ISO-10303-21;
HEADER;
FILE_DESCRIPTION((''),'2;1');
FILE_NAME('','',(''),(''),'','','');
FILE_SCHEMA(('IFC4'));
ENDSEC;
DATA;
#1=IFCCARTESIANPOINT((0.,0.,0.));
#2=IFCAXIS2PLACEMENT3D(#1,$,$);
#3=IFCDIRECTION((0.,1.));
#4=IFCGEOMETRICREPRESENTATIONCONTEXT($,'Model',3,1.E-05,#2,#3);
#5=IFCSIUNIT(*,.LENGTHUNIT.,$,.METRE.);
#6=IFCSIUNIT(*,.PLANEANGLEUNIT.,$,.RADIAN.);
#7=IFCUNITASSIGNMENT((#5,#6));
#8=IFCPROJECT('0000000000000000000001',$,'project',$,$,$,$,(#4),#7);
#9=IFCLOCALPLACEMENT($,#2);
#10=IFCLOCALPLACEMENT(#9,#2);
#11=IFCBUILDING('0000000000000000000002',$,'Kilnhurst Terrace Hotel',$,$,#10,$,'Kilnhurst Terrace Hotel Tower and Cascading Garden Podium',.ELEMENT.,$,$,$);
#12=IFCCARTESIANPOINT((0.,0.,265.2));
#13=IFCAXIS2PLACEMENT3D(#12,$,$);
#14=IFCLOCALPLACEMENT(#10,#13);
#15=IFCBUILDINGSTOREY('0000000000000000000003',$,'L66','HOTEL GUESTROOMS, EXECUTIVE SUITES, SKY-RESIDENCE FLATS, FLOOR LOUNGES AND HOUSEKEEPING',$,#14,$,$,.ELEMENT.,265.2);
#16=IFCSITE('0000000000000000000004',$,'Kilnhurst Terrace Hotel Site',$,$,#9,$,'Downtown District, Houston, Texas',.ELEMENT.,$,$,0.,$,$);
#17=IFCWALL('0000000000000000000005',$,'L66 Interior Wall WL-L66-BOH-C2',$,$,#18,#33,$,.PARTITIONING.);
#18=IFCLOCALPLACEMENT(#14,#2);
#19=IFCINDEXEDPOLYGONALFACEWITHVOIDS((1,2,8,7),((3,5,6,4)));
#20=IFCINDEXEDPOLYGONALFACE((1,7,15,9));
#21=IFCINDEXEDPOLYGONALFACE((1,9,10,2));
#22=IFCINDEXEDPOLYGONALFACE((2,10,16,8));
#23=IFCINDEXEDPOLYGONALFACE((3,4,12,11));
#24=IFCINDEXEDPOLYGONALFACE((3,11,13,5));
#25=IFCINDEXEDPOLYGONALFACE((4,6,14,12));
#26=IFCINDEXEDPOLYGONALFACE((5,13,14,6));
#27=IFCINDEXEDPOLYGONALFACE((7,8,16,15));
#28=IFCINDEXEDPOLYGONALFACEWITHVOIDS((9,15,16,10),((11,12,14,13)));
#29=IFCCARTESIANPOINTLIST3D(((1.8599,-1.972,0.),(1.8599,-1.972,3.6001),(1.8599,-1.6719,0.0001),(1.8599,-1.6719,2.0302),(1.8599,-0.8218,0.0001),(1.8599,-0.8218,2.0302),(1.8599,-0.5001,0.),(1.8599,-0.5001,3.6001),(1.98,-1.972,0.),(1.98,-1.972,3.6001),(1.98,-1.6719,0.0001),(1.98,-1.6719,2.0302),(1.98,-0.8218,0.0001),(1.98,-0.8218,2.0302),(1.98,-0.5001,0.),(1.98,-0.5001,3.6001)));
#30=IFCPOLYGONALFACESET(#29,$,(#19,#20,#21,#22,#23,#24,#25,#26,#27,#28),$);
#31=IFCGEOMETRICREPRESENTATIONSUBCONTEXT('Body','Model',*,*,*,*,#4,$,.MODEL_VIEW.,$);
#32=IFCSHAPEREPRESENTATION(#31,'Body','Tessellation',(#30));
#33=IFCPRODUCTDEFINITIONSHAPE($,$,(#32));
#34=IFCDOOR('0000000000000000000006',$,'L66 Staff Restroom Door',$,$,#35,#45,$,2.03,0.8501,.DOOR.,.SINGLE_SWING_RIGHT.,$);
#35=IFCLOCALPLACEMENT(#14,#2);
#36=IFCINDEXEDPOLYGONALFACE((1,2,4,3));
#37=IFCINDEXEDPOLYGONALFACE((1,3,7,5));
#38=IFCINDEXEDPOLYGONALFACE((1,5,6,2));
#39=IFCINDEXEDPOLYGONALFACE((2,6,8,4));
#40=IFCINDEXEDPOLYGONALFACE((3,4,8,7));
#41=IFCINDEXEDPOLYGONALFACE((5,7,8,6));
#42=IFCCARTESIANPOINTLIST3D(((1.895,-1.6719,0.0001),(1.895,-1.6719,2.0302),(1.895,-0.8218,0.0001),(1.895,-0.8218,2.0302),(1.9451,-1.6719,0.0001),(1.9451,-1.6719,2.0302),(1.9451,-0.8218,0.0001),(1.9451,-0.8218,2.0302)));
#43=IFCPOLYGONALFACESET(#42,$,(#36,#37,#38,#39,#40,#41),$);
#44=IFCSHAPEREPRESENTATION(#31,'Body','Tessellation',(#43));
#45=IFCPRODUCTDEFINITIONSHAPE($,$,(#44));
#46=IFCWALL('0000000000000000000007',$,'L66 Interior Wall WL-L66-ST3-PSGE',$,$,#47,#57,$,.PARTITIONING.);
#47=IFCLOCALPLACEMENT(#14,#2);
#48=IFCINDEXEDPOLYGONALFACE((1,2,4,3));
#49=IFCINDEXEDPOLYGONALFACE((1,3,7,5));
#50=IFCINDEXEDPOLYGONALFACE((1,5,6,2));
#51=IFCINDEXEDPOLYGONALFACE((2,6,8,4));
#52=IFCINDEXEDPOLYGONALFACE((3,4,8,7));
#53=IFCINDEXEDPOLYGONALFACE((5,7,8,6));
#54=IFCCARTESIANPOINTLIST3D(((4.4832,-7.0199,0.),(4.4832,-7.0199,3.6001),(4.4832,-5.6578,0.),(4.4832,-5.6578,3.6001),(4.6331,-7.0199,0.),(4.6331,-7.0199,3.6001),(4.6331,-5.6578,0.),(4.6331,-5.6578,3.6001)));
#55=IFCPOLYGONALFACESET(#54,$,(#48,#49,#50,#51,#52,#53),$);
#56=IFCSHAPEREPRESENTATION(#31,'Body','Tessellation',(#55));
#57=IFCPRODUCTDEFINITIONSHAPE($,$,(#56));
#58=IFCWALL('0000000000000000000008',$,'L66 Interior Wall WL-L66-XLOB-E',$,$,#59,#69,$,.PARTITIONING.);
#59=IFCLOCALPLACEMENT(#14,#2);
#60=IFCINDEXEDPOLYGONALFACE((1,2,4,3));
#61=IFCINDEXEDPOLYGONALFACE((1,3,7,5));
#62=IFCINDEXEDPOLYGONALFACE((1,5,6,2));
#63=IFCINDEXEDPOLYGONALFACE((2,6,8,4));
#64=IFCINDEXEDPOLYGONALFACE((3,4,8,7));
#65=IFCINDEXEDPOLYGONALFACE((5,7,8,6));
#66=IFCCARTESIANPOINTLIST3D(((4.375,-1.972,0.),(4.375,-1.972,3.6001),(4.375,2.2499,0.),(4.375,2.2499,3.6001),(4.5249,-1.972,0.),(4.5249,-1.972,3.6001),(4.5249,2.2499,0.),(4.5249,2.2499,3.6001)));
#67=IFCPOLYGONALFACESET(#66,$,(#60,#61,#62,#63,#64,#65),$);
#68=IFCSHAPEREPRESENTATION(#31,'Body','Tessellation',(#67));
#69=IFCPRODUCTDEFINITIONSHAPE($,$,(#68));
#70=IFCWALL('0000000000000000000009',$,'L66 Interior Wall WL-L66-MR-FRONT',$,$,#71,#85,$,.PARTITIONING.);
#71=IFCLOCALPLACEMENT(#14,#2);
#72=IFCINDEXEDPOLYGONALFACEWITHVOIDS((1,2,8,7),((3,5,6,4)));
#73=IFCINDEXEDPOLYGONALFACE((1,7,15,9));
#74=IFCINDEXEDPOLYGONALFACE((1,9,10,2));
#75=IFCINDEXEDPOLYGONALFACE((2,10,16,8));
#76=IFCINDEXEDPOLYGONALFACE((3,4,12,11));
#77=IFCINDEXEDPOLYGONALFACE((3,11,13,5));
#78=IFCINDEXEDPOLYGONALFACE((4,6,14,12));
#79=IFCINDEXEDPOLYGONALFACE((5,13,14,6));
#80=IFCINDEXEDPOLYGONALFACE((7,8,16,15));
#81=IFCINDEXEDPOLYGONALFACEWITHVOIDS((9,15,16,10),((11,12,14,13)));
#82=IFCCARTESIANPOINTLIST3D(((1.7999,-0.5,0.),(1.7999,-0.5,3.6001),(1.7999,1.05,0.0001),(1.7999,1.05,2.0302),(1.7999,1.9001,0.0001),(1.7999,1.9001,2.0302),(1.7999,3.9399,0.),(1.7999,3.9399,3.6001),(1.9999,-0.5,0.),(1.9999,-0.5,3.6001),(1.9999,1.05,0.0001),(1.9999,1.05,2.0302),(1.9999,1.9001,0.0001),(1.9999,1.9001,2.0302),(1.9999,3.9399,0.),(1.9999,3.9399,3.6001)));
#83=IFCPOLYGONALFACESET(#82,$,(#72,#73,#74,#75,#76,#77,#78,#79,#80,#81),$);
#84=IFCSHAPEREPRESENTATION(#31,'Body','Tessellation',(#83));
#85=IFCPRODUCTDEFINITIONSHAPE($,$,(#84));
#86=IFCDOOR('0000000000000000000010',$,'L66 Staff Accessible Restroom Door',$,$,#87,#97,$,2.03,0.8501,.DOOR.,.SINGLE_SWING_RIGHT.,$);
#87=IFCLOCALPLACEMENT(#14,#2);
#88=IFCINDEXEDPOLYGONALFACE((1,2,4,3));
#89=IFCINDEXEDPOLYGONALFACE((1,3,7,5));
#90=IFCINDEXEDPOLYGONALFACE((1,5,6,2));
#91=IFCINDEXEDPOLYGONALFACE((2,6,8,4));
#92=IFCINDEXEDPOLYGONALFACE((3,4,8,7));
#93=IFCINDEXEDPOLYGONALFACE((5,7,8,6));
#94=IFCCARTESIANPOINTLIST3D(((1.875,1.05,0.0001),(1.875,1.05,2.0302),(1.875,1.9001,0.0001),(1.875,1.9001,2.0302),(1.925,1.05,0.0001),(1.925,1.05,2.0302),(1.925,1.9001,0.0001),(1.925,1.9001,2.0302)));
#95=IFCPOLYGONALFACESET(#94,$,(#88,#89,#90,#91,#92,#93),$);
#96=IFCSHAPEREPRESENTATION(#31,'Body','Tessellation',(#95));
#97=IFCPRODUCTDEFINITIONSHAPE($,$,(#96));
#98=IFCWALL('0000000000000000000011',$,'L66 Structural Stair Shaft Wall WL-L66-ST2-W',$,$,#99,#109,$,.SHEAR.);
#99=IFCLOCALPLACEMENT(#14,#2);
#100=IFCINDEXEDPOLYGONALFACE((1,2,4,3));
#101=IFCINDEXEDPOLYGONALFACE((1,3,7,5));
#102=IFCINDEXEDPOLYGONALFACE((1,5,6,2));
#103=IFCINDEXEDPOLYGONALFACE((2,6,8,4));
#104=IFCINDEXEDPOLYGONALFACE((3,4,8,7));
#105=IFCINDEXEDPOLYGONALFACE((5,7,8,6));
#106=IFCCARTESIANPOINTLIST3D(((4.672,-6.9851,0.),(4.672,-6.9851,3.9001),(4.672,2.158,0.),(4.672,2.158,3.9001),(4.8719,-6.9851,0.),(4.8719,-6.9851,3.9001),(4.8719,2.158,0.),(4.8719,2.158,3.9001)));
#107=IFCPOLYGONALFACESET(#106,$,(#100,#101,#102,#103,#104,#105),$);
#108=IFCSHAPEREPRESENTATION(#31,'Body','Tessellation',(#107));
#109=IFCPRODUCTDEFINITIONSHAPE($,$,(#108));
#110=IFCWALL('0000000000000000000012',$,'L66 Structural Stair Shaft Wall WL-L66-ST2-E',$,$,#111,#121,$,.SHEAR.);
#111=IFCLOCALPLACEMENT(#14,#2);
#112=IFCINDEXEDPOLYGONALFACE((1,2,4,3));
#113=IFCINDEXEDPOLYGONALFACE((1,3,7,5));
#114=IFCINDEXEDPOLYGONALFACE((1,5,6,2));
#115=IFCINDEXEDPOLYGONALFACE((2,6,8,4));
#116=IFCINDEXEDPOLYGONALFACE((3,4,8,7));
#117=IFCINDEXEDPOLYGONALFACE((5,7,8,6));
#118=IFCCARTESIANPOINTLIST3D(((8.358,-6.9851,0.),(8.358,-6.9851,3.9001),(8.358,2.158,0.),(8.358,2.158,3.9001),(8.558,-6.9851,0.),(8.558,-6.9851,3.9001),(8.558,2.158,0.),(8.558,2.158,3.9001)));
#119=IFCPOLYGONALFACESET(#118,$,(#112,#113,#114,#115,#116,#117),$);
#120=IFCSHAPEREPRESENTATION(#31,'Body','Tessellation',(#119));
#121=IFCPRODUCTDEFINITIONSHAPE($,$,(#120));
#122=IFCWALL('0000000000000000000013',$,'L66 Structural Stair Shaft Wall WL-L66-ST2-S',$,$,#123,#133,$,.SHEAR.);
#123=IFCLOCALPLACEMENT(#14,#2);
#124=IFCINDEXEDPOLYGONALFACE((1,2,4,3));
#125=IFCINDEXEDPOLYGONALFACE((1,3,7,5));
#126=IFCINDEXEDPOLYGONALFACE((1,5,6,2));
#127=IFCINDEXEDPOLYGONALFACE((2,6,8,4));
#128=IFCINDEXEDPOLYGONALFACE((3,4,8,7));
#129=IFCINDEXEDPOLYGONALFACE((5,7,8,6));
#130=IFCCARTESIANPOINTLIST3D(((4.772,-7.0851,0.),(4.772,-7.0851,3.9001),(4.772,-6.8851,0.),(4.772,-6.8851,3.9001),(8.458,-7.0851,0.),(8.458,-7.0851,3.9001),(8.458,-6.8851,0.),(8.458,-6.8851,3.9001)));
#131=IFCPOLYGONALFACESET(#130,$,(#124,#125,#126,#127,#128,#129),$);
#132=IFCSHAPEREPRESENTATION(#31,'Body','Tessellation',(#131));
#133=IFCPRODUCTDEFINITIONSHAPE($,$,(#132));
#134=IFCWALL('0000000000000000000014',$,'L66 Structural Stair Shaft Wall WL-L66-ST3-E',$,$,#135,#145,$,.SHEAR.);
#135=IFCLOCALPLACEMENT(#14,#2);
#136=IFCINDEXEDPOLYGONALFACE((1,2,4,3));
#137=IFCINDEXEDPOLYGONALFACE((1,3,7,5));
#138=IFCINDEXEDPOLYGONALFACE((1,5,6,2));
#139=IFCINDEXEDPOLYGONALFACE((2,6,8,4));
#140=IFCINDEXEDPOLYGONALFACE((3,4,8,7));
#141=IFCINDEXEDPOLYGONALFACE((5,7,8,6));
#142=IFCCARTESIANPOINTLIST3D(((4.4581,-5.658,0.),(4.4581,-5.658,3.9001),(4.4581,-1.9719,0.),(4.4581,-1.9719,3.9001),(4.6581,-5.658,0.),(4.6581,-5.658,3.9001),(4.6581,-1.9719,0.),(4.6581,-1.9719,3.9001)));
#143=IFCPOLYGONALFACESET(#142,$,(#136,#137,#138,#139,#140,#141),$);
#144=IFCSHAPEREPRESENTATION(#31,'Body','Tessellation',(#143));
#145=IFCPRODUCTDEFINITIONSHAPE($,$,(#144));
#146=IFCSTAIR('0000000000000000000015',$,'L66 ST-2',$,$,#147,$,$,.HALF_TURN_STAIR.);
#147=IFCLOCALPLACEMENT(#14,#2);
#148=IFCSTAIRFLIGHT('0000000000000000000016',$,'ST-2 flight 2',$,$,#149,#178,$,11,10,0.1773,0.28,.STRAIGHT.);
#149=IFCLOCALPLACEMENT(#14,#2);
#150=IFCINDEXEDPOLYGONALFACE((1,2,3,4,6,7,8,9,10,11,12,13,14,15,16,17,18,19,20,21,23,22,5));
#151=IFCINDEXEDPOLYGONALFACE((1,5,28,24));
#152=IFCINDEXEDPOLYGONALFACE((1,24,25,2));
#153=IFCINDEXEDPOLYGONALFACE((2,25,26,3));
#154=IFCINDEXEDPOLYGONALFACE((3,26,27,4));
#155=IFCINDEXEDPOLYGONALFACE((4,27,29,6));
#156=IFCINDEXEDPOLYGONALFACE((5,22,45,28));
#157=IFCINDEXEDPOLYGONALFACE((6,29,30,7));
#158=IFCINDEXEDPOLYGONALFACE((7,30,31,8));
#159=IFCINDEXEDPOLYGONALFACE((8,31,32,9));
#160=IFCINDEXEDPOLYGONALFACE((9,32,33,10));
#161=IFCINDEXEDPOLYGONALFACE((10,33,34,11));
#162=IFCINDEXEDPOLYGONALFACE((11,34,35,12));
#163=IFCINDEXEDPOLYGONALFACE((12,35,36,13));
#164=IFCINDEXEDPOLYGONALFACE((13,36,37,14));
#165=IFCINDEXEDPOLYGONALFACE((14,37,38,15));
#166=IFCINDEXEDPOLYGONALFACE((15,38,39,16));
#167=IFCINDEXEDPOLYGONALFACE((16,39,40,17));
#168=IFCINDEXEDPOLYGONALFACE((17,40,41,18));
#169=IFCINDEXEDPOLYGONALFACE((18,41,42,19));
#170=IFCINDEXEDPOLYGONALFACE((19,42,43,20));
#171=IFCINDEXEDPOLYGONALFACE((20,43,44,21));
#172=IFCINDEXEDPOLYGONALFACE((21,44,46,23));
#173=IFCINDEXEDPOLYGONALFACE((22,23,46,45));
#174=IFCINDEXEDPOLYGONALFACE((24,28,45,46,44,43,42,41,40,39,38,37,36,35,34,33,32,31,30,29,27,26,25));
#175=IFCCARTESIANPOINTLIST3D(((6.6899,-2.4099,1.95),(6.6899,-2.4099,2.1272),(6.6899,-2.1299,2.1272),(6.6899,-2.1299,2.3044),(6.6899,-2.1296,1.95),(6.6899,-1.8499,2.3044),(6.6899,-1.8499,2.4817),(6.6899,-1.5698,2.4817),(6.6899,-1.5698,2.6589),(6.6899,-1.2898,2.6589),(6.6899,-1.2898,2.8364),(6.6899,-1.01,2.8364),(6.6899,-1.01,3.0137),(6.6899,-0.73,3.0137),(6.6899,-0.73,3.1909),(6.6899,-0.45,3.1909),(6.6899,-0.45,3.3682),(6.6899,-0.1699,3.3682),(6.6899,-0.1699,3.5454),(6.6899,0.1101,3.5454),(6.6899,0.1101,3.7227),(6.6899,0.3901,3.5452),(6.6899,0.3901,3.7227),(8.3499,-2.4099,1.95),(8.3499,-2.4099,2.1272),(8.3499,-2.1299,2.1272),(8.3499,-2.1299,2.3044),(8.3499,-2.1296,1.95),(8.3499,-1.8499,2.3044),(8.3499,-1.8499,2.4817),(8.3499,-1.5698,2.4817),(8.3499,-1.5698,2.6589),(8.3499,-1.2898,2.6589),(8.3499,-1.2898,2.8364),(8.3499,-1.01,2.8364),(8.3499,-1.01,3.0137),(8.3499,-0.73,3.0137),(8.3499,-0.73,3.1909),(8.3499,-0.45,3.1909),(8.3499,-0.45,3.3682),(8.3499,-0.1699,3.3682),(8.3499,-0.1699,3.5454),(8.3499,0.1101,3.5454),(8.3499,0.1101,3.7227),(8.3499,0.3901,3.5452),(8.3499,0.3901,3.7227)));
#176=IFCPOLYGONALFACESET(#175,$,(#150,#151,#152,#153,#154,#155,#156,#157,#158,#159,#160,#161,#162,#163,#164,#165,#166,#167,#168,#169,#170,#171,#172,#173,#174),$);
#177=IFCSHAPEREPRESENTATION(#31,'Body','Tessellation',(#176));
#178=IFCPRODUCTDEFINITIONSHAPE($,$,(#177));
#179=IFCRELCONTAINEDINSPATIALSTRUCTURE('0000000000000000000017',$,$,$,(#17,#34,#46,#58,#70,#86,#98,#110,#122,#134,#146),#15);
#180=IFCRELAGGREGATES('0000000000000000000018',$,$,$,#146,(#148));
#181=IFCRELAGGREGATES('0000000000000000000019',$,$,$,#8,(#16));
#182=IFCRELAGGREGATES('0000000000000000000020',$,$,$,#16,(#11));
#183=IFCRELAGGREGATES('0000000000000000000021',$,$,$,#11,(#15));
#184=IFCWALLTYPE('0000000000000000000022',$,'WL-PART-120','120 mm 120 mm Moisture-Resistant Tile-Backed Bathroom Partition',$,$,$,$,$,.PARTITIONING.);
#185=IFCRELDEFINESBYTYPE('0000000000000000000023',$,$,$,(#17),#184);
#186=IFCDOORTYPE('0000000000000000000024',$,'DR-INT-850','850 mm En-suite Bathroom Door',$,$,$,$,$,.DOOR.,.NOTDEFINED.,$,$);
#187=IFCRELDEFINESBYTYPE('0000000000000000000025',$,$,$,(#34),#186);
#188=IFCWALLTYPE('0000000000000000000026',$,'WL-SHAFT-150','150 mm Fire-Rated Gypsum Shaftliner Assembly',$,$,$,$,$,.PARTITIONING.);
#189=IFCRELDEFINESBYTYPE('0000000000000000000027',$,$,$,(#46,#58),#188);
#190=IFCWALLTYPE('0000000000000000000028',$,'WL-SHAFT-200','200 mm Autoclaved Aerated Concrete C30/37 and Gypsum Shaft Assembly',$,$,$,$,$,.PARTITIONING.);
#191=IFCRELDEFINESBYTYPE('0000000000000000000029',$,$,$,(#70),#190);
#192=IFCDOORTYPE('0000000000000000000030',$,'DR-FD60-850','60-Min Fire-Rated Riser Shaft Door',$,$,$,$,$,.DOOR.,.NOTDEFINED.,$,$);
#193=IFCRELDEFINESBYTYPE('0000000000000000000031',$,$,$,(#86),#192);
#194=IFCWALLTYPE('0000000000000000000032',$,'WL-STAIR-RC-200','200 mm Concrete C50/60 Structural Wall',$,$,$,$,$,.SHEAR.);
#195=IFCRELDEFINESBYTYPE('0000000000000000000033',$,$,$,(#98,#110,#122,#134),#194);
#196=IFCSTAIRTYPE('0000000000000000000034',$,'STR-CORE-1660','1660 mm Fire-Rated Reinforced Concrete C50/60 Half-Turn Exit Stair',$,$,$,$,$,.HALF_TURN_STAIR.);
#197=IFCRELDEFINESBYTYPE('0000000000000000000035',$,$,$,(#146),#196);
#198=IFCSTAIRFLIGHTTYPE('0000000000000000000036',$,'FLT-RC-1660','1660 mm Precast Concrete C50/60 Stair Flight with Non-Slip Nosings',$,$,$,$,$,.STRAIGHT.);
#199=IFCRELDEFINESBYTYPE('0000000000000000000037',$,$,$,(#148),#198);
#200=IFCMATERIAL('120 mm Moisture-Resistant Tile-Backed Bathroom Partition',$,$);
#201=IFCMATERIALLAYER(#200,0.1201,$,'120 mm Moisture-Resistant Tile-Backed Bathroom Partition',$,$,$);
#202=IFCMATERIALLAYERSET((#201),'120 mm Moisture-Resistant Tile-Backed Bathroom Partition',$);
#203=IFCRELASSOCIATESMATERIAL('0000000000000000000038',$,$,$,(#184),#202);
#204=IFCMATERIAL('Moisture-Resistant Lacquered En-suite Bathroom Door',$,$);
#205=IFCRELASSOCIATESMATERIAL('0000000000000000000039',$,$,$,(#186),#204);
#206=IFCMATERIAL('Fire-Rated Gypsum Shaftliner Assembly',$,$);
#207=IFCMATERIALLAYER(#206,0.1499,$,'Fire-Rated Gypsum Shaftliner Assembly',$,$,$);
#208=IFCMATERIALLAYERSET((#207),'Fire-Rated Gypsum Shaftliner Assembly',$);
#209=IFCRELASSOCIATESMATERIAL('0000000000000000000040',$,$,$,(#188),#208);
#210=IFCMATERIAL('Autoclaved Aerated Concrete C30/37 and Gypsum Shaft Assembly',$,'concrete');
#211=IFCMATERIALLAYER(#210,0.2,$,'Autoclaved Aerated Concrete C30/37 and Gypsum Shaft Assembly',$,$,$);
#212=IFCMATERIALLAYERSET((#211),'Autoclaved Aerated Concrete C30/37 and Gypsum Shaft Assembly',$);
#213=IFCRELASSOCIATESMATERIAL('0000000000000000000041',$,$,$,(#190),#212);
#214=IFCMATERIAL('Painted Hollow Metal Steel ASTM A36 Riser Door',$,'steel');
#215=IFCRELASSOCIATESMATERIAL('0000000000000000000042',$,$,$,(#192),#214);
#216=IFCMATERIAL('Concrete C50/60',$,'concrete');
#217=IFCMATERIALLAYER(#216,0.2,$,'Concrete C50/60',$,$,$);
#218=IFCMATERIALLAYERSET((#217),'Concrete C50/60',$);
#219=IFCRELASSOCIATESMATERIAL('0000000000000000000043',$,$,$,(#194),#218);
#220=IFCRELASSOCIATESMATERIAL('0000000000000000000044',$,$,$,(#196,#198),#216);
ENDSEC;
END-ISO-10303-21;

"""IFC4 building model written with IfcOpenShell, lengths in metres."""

from ifc_helpers import new_model, si_unit, direction, frame, frame_2d, origin, place, context, subcontext, project, spatial, polyline, rectangle, outline, extrude, material, layer, layer_set, type_object, element, fill, aggregate, save


model = new_model("IFC4")

# Units and contexts
model_context = context("Model", 3, precision=1e-05, world=origin(), true_north=direction((0.0, 1.0)))
body_context = subcontext(model_context, "Body", "Model", "MODEL_VIEW")
ifc_project = project(units=[si_unit("LENGTHUNIT", "METRE"), si_unit("PLANEANGLEUNIT", "RADIAN")], contexts=[model_context])

# Site, building, storey
site_placement = place(None, origin())
site = spatial("IfcSite", under=ifc_project, at=site_placement, Name="Kilnhurst Terrace Hotel Site", LongName="Downtown District, Houston, Texas", CompositionType="ELEMENT", RefElevation=0.0)
building_placement = place(site_placement, origin())
building = spatial("IfcBuilding", under=site, at=building_placement, Name="Kilnhurst Terrace Hotel", LongName="Kilnhurst Terrace Hotel Tower and Cascading Garden Podium", CompositionType="ELEMENT")
storey_placement = place(building_placement, frame((0.0, 0.0, 265.2)))
storey = spatial("IfcBuildingStorey", under=building, at=storey_placement, Name="L66", Description="HOTEL GUESTROOMS, EXECUTIVE SUITES, SKY-RESIDENCE FLATS, FLOOR LOUNGES AND HOUSEKEEPING", CompositionType="ELEMENT", Elevation=265.2)

# Wall, opening, door
ifc_material_1 = material(Name="120 mm Moisture-Resistant Tile-Backed Bathroom Partition")
ifc_layer_1 = layer(ifc_material_1, 0.1201, Name="120 mm Moisture-Resistant Tile-Backed Bathroom Partition")
ifc_layer_set_1 = layer_set([ifc_layer_1], Name="120 mm Moisture-Resistant Tile-Backed Bathroom Partition")
wall_type_1 = type_object("IfcWallType", Name="WL-PART-120", Description="120 mm 120 mm Moisture-Resistant Tile-Backed Bathroom Partition", PredefinedType="PARTITIONING", material=ifc_layer_set_1)
wall_1_placement = place(storey_placement, frame((1.9199, -1.9719, 0.0), z_axis=(0.0, 0.0, 1.0), x_axis=(0.0, 1.0, 0.0)))
wall_1 = element("IfcWall", 1, at=wall_1_placement, inside=storey, type_object=wall_type_1, Name="L66 Interior Wall WL-L66-BOH-C2", PredefinedType="PARTITIONING", context=body_context, shape_type="SweptSolid", body=[
    extrude(rectangle(XDim=1.4719, YDim=0.1201, at=frame_2d((0.7358, 0.0))), origin(), (0.0, 0.0, 1.0), 3.6001),
])
opening_1_placement = place(wall_1_placement, frame((0.3, 0.0, 0.0)))
opening_1 = element("IfcOpeningElement", 2, at=opening_1_placement, cuts=wall_1, PredefinedType="OPENING", context=body_context, shape_type="SweptSolid", body=[
    extrude(rectangle(XDim=0.8501, YDim=2.03, at=frame_2d((0.425, 1.0151))), frame((0.0, 0.0701, 0.0), z_axis=(0.0, -1.0, 0.0), x_axis=(1.0, 0.0, 0.0)), (0.0, 0.0, 1.0), 0.1401),
])
ifc_material_2 = material(Name="Moisture-Resistant Lacquered En-suite Bathroom Door")
door_type_1 = type_object("IfcDoorType", Name="DR-INT-850", Description="850 mm En-suite Bathroom Door", OperationType="NOTDEFINED", PredefinedType="DOOR", material=ifc_material_2)
door_1_placement = place(opening_1_placement, origin())
door_1 = element("IfcDoor", 3, at=door_1_placement, inside=storey, type_object=door_type_1, Name="L66 Staff Restroom Door", OperationType="SINGLE_SWING_RIGHT", OverallHeight=2.03, OverallWidth=0.8501, PredefinedType="DOOR", context=body_context, shape_type="SweptSolid", body=[
    extrude(rectangle(XDim=0.8501, YDim=2.03, at=frame_2d((0.425, 1.0151))), frame((0.0, 0.0249, 0.0), z_axis=(0.0, -1.0, 0.0), x_axis=(1.0, 0.0, 0.0)), (0.0, 0.0, 1.0), 0.05),
])
fill(opening_1, door_1)

# Walls
ifc_material_3 = material(Name="Fire-Rated Gypsum Shaftliner Assembly")
ifc_layer_2 = layer(ifc_material_3, 0.1499, Name="Fire-Rated Gypsum Shaftliner Assembly")
ifc_layer_set_2 = layer_set([ifc_layer_2], Name="Fire-Rated Gypsum Shaftliner Assembly")
wall_type_2 = type_object("IfcWallType", Name="WL-SHAFT-150", Description="150 mm Fire-Rated Gypsum Shaftliner Assembly", PredefinedType="PARTITIONING", material=ifc_layer_set_2)
wall_2_placement = place(storey_placement, frame((4.5581, -7.02, 0.0), z_axis=(0.0, 0.0, 1.0), x_axis=(0.0, 1.0, 0.0)))
element("IfcWall", 4, at=wall_2_placement, inside=storey, type_object=wall_type_2, Name="L66 Interior Wall WL-L66-ST3-PSGE", PredefinedType="PARTITIONING", context=body_context, shape_type="SweptSolid", body=[
    extrude(rectangle(XDim=1.3621, YDim=0.1499, at=frame_2d((0.6812, 0.0))), origin(), (0.0, 0.0, 1.0), 3.6001),
])
wall_3_placement = place(storey_placement, frame((4.45, -1.9719, 0.0), z_axis=(0.0, 0.0, 1.0), x_axis=(0.0, 1.0, 0.0)))
element("IfcWall", 5, at=wall_3_placement, inside=storey, type_object=wall_type_2, Name="L66 Interior Wall WL-L66-XLOB-E", PredefinedType="PARTITIONING", context=body_context, shape_type="SweptSolid", body=[
    extrude(rectangle(XDim=4.2219, YDim=0.1499, at=frame_2d((2.1108, 0.0))), origin(), (0.0, 0.0, 1.0), 3.6001),
])

# Wall, opening, door
ifc_material_4 = material(Name="Autoclaved Aerated Concrete C30/37 and Gypsum Shaft Assembly", Category="concrete")
ifc_layer_3 = layer(ifc_material_4, 0.2, Name="Autoclaved Aerated Concrete C30/37 and Gypsum Shaft Assembly")
ifc_layer_set_3 = layer_set([ifc_layer_3], Name="Autoclaved Aerated Concrete C30/37 and Gypsum Shaft Assembly")
wall_type_3 = type_object("IfcWallType", Name="WL-SHAFT-200", Description="200 mm Autoclaved Aerated Concrete C30/37 and Gypsum Shaft Assembly", PredefinedType="PARTITIONING", material=ifc_layer_set_3)
wall_4_placement = place(storey_placement, frame((1.8999, -0.5, 0.0), z_axis=(0.0, 0.0, 1.0), x_axis=(0.0, 1.0, 0.0)))
wall_4 = element("IfcWall", 6, at=wall_4_placement, inside=storey, type_object=wall_type_3, Name="L66 Interior Wall WL-L66-MR-FRONT", PredefinedType="PARTITIONING", context=body_context, shape_type="SweptSolid", body=[
    extrude(rectangle(XDim=4.4399, YDim=0.2, at=frame_2d((2.22, 0.0))), origin(), (0.0, 0.0, 1.0), 3.6001),
])
opening_2_placement = place(wall_4_placement, frame((1.55, 0.0, 0.0)))
opening_2 = element("IfcOpeningElement", 7, at=opening_2_placement, cuts=wall_4, PredefinedType="OPENING", context=body_context, shape_type="SweptSolid", body=[
    extrude(rectangle(XDim=0.8501, YDim=2.03, at=frame_2d((0.425, 1.0151))), frame((0.0, 0.1099, 0.0), z_axis=(0.0, -1.0, 0.0), x_axis=(1.0, 0.0, 0.0)), (0.0, 0.0, 1.0), 0.22),
])
ifc_material_5 = material(Name="Painted Hollow Metal Steel ASTM A36 Riser Door", Category="steel")
door_type_2 = type_object("IfcDoorType", Name="DR-FD60-850", Description="60-Min Fire-Rated Riser Shaft Door", OperationType="NOTDEFINED", PredefinedType="DOOR", material=ifc_material_5)
door_2_placement = place(opening_2_placement, origin())
door_2 = element("IfcDoor", 8, at=door_2_placement, inside=storey, type_object=door_type_2, Name="L66 Staff Accessible Restroom Door", OperationType="SINGLE_SWING_RIGHT", OverallHeight=2.03, OverallWidth=0.8501, PredefinedType="DOOR", context=body_context, shape_type="SweptSolid", body=[
    extrude(rectangle(XDim=0.8501, YDim=2.03, at=frame_2d((0.425, 1.0151))), frame((0.0, 0.0249, 0.0), z_axis=(0.0, -1.0, 0.0), x_axis=(1.0, 0.0, 0.0)), (0.0, 0.0, 1.0), 0.05),
])
fill(opening_2, door_2)

# Walls
ifc_material_6 = material(Name="Concrete C50/60", Category="concrete")
ifc_layer_4 = layer(ifc_material_6, 0.2, Name="Concrete C50/60")
ifc_layer_set_4 = layer_set([ifc_layer_4], Name="Concrete C50/60")
wall_type_4 = type_object("IfcWallType", Name="WL-STAIR-RC-200", Description="200 mm Concrete C50/60 Structural Wall", PredefinedType="SHEAR", material=ifc_layer_set_4)
for number, where, z_axis, x_axis, name in (
    (9, (4.772, -6.9851, 0.0), (0.0, 0.0, 1.0), (0.0, 1.0, 0.0), "L66 Structural Stair Shaft Wall WL-L66-ST2-W"),
    (10, (8.458, -6.9851, 0.0), (0.0, 0.0, 1.0), (0.0, 1.0, 0.0), "L66 Structural Stair Shaft Wall WL-L66-ST2-E"),
):
    element("IfcWall", number, at=place(storey_placement, frame(where, z_axis=z_axis, x_axis=x_axis)), inside=storey, type_object=wall_type_4, Name=name, PredefinedType="SHEAR", context=body_context, shape_type="SweptSolid", body=[
        extrude(rectangle(XDim=9.1431, YDim=0.2, at=frame_2d((4.5715, 0.0))), origin(), (0.0, 0.0, 1.0), 3.9001),
    ])
for number, where, z_axis, x_axis, name in (
    (11, (4.772, -6.9851, 0.0), (0.0, 0.0, 1.0), (1.0, 0.0, 0.0), "L66 Structural Stair Shaft Wall WL-L66-ST2-S"),
    (12, (4.5581, -5.658, 0.0), (0.0, 0.0, 1.0), (0.0, 1.0, 0.0), "L66 Structural Stair Shaft Wall WL-L66-ST3-E"),
):
    element("IfcWall", number, at=place(storey_placement, frame(where, z_axis=z_axis, x_axis=x_axis)), inside=storey, type_object=wall_type_4, Name=name, PredefinedType="SHEAR", context=body_context, shape_type="SweptSolid", body=[
        extrude(rectangle(XDim=3.686, YDim=0.2, at=frame_2d((1.843, 0.0))), origin(), (0.0, 0.0, 1.0), 3.9001),
    ])

# Stair, stair flight
stair_type = type_object("IfcStairType", Name="STR-CORE-1660", Description="1660 mm Fire-Rated Reinforced Concrete C50/60 Half-Turn Exit Stair", PredefinedType="HALF_TURN_STAIR", material=ifc_material_6)
stair_1_placement = place(storey_placement, origin())
stair_1 = element("IfcStair", 13, at=stair_1_placement, inside=storey, type_object=stair_type, Name="L66 ST-2", PredefinedType="HALF_TURN_STAIR")
stair_flight_type = type_object("IfcStairFlightType", Name="FLT-RC-1660", Description="1660 mm Precast Concrete C50/60 Stair Flight with Non-Slip Nosings", PredefinedType="STRAIGHT", material=ifc_material_6)
stair_flight_1_placement = place(storey_placement, frame((7.52, -2.4099, 1.95), z_axis=(0.0, 0.0, 1.0), x_axis=(0.0, 1.0, 0.0)))
stair_flight_1 = element("IfcStairFlight", 14, at=stair_flight_1_placement, type_object=stair_flight_type, Name="ST-2 flight 2", NumberOfRisers=11, NumberOfTreads=10, PredefinedType="STRAIGHT", RiserHeight=0.1773, TreadLength=0.28, context=body_context, shape_type="SweptSolid", body=[
    extrude(outline(polyline([(0.0, 0.0), (0.0, 0.1772), (0.28, 0.1772), (0.28, 0.3545), (0.5601, 0.3545), (0.5601, 0.5317), (0.8401, 0.5317), (0.8401, 0.709), (1.1201, 0.709), (1.1201, 0.8865), (1.3999, 0.8865), (1.3999, 1.0637), (1.6799, 1.0637), (1.6799, 1.241), (1.96, 1.241), (1.96, 1.4182), (2.24, 1.4182), (2.24, 1.5955), (2.52, 1.5955), (2.52, 1.7727), (2.8, 1.7727), (2.8, 1.95), (2.8, 1.5952), (0.2803, 0.0), (0.0, 0.0)])), frame((0.0, 0.8301, 0.0), z_axis=(0.0, -1.0, 0.0), x_axis=(1.0, 0.0, 0.0)), (0.0, 0.0, 1.0), 1.6599),
])
aggregate(stair_1, [stair_flight_1])

save(model, "model.ifc")
